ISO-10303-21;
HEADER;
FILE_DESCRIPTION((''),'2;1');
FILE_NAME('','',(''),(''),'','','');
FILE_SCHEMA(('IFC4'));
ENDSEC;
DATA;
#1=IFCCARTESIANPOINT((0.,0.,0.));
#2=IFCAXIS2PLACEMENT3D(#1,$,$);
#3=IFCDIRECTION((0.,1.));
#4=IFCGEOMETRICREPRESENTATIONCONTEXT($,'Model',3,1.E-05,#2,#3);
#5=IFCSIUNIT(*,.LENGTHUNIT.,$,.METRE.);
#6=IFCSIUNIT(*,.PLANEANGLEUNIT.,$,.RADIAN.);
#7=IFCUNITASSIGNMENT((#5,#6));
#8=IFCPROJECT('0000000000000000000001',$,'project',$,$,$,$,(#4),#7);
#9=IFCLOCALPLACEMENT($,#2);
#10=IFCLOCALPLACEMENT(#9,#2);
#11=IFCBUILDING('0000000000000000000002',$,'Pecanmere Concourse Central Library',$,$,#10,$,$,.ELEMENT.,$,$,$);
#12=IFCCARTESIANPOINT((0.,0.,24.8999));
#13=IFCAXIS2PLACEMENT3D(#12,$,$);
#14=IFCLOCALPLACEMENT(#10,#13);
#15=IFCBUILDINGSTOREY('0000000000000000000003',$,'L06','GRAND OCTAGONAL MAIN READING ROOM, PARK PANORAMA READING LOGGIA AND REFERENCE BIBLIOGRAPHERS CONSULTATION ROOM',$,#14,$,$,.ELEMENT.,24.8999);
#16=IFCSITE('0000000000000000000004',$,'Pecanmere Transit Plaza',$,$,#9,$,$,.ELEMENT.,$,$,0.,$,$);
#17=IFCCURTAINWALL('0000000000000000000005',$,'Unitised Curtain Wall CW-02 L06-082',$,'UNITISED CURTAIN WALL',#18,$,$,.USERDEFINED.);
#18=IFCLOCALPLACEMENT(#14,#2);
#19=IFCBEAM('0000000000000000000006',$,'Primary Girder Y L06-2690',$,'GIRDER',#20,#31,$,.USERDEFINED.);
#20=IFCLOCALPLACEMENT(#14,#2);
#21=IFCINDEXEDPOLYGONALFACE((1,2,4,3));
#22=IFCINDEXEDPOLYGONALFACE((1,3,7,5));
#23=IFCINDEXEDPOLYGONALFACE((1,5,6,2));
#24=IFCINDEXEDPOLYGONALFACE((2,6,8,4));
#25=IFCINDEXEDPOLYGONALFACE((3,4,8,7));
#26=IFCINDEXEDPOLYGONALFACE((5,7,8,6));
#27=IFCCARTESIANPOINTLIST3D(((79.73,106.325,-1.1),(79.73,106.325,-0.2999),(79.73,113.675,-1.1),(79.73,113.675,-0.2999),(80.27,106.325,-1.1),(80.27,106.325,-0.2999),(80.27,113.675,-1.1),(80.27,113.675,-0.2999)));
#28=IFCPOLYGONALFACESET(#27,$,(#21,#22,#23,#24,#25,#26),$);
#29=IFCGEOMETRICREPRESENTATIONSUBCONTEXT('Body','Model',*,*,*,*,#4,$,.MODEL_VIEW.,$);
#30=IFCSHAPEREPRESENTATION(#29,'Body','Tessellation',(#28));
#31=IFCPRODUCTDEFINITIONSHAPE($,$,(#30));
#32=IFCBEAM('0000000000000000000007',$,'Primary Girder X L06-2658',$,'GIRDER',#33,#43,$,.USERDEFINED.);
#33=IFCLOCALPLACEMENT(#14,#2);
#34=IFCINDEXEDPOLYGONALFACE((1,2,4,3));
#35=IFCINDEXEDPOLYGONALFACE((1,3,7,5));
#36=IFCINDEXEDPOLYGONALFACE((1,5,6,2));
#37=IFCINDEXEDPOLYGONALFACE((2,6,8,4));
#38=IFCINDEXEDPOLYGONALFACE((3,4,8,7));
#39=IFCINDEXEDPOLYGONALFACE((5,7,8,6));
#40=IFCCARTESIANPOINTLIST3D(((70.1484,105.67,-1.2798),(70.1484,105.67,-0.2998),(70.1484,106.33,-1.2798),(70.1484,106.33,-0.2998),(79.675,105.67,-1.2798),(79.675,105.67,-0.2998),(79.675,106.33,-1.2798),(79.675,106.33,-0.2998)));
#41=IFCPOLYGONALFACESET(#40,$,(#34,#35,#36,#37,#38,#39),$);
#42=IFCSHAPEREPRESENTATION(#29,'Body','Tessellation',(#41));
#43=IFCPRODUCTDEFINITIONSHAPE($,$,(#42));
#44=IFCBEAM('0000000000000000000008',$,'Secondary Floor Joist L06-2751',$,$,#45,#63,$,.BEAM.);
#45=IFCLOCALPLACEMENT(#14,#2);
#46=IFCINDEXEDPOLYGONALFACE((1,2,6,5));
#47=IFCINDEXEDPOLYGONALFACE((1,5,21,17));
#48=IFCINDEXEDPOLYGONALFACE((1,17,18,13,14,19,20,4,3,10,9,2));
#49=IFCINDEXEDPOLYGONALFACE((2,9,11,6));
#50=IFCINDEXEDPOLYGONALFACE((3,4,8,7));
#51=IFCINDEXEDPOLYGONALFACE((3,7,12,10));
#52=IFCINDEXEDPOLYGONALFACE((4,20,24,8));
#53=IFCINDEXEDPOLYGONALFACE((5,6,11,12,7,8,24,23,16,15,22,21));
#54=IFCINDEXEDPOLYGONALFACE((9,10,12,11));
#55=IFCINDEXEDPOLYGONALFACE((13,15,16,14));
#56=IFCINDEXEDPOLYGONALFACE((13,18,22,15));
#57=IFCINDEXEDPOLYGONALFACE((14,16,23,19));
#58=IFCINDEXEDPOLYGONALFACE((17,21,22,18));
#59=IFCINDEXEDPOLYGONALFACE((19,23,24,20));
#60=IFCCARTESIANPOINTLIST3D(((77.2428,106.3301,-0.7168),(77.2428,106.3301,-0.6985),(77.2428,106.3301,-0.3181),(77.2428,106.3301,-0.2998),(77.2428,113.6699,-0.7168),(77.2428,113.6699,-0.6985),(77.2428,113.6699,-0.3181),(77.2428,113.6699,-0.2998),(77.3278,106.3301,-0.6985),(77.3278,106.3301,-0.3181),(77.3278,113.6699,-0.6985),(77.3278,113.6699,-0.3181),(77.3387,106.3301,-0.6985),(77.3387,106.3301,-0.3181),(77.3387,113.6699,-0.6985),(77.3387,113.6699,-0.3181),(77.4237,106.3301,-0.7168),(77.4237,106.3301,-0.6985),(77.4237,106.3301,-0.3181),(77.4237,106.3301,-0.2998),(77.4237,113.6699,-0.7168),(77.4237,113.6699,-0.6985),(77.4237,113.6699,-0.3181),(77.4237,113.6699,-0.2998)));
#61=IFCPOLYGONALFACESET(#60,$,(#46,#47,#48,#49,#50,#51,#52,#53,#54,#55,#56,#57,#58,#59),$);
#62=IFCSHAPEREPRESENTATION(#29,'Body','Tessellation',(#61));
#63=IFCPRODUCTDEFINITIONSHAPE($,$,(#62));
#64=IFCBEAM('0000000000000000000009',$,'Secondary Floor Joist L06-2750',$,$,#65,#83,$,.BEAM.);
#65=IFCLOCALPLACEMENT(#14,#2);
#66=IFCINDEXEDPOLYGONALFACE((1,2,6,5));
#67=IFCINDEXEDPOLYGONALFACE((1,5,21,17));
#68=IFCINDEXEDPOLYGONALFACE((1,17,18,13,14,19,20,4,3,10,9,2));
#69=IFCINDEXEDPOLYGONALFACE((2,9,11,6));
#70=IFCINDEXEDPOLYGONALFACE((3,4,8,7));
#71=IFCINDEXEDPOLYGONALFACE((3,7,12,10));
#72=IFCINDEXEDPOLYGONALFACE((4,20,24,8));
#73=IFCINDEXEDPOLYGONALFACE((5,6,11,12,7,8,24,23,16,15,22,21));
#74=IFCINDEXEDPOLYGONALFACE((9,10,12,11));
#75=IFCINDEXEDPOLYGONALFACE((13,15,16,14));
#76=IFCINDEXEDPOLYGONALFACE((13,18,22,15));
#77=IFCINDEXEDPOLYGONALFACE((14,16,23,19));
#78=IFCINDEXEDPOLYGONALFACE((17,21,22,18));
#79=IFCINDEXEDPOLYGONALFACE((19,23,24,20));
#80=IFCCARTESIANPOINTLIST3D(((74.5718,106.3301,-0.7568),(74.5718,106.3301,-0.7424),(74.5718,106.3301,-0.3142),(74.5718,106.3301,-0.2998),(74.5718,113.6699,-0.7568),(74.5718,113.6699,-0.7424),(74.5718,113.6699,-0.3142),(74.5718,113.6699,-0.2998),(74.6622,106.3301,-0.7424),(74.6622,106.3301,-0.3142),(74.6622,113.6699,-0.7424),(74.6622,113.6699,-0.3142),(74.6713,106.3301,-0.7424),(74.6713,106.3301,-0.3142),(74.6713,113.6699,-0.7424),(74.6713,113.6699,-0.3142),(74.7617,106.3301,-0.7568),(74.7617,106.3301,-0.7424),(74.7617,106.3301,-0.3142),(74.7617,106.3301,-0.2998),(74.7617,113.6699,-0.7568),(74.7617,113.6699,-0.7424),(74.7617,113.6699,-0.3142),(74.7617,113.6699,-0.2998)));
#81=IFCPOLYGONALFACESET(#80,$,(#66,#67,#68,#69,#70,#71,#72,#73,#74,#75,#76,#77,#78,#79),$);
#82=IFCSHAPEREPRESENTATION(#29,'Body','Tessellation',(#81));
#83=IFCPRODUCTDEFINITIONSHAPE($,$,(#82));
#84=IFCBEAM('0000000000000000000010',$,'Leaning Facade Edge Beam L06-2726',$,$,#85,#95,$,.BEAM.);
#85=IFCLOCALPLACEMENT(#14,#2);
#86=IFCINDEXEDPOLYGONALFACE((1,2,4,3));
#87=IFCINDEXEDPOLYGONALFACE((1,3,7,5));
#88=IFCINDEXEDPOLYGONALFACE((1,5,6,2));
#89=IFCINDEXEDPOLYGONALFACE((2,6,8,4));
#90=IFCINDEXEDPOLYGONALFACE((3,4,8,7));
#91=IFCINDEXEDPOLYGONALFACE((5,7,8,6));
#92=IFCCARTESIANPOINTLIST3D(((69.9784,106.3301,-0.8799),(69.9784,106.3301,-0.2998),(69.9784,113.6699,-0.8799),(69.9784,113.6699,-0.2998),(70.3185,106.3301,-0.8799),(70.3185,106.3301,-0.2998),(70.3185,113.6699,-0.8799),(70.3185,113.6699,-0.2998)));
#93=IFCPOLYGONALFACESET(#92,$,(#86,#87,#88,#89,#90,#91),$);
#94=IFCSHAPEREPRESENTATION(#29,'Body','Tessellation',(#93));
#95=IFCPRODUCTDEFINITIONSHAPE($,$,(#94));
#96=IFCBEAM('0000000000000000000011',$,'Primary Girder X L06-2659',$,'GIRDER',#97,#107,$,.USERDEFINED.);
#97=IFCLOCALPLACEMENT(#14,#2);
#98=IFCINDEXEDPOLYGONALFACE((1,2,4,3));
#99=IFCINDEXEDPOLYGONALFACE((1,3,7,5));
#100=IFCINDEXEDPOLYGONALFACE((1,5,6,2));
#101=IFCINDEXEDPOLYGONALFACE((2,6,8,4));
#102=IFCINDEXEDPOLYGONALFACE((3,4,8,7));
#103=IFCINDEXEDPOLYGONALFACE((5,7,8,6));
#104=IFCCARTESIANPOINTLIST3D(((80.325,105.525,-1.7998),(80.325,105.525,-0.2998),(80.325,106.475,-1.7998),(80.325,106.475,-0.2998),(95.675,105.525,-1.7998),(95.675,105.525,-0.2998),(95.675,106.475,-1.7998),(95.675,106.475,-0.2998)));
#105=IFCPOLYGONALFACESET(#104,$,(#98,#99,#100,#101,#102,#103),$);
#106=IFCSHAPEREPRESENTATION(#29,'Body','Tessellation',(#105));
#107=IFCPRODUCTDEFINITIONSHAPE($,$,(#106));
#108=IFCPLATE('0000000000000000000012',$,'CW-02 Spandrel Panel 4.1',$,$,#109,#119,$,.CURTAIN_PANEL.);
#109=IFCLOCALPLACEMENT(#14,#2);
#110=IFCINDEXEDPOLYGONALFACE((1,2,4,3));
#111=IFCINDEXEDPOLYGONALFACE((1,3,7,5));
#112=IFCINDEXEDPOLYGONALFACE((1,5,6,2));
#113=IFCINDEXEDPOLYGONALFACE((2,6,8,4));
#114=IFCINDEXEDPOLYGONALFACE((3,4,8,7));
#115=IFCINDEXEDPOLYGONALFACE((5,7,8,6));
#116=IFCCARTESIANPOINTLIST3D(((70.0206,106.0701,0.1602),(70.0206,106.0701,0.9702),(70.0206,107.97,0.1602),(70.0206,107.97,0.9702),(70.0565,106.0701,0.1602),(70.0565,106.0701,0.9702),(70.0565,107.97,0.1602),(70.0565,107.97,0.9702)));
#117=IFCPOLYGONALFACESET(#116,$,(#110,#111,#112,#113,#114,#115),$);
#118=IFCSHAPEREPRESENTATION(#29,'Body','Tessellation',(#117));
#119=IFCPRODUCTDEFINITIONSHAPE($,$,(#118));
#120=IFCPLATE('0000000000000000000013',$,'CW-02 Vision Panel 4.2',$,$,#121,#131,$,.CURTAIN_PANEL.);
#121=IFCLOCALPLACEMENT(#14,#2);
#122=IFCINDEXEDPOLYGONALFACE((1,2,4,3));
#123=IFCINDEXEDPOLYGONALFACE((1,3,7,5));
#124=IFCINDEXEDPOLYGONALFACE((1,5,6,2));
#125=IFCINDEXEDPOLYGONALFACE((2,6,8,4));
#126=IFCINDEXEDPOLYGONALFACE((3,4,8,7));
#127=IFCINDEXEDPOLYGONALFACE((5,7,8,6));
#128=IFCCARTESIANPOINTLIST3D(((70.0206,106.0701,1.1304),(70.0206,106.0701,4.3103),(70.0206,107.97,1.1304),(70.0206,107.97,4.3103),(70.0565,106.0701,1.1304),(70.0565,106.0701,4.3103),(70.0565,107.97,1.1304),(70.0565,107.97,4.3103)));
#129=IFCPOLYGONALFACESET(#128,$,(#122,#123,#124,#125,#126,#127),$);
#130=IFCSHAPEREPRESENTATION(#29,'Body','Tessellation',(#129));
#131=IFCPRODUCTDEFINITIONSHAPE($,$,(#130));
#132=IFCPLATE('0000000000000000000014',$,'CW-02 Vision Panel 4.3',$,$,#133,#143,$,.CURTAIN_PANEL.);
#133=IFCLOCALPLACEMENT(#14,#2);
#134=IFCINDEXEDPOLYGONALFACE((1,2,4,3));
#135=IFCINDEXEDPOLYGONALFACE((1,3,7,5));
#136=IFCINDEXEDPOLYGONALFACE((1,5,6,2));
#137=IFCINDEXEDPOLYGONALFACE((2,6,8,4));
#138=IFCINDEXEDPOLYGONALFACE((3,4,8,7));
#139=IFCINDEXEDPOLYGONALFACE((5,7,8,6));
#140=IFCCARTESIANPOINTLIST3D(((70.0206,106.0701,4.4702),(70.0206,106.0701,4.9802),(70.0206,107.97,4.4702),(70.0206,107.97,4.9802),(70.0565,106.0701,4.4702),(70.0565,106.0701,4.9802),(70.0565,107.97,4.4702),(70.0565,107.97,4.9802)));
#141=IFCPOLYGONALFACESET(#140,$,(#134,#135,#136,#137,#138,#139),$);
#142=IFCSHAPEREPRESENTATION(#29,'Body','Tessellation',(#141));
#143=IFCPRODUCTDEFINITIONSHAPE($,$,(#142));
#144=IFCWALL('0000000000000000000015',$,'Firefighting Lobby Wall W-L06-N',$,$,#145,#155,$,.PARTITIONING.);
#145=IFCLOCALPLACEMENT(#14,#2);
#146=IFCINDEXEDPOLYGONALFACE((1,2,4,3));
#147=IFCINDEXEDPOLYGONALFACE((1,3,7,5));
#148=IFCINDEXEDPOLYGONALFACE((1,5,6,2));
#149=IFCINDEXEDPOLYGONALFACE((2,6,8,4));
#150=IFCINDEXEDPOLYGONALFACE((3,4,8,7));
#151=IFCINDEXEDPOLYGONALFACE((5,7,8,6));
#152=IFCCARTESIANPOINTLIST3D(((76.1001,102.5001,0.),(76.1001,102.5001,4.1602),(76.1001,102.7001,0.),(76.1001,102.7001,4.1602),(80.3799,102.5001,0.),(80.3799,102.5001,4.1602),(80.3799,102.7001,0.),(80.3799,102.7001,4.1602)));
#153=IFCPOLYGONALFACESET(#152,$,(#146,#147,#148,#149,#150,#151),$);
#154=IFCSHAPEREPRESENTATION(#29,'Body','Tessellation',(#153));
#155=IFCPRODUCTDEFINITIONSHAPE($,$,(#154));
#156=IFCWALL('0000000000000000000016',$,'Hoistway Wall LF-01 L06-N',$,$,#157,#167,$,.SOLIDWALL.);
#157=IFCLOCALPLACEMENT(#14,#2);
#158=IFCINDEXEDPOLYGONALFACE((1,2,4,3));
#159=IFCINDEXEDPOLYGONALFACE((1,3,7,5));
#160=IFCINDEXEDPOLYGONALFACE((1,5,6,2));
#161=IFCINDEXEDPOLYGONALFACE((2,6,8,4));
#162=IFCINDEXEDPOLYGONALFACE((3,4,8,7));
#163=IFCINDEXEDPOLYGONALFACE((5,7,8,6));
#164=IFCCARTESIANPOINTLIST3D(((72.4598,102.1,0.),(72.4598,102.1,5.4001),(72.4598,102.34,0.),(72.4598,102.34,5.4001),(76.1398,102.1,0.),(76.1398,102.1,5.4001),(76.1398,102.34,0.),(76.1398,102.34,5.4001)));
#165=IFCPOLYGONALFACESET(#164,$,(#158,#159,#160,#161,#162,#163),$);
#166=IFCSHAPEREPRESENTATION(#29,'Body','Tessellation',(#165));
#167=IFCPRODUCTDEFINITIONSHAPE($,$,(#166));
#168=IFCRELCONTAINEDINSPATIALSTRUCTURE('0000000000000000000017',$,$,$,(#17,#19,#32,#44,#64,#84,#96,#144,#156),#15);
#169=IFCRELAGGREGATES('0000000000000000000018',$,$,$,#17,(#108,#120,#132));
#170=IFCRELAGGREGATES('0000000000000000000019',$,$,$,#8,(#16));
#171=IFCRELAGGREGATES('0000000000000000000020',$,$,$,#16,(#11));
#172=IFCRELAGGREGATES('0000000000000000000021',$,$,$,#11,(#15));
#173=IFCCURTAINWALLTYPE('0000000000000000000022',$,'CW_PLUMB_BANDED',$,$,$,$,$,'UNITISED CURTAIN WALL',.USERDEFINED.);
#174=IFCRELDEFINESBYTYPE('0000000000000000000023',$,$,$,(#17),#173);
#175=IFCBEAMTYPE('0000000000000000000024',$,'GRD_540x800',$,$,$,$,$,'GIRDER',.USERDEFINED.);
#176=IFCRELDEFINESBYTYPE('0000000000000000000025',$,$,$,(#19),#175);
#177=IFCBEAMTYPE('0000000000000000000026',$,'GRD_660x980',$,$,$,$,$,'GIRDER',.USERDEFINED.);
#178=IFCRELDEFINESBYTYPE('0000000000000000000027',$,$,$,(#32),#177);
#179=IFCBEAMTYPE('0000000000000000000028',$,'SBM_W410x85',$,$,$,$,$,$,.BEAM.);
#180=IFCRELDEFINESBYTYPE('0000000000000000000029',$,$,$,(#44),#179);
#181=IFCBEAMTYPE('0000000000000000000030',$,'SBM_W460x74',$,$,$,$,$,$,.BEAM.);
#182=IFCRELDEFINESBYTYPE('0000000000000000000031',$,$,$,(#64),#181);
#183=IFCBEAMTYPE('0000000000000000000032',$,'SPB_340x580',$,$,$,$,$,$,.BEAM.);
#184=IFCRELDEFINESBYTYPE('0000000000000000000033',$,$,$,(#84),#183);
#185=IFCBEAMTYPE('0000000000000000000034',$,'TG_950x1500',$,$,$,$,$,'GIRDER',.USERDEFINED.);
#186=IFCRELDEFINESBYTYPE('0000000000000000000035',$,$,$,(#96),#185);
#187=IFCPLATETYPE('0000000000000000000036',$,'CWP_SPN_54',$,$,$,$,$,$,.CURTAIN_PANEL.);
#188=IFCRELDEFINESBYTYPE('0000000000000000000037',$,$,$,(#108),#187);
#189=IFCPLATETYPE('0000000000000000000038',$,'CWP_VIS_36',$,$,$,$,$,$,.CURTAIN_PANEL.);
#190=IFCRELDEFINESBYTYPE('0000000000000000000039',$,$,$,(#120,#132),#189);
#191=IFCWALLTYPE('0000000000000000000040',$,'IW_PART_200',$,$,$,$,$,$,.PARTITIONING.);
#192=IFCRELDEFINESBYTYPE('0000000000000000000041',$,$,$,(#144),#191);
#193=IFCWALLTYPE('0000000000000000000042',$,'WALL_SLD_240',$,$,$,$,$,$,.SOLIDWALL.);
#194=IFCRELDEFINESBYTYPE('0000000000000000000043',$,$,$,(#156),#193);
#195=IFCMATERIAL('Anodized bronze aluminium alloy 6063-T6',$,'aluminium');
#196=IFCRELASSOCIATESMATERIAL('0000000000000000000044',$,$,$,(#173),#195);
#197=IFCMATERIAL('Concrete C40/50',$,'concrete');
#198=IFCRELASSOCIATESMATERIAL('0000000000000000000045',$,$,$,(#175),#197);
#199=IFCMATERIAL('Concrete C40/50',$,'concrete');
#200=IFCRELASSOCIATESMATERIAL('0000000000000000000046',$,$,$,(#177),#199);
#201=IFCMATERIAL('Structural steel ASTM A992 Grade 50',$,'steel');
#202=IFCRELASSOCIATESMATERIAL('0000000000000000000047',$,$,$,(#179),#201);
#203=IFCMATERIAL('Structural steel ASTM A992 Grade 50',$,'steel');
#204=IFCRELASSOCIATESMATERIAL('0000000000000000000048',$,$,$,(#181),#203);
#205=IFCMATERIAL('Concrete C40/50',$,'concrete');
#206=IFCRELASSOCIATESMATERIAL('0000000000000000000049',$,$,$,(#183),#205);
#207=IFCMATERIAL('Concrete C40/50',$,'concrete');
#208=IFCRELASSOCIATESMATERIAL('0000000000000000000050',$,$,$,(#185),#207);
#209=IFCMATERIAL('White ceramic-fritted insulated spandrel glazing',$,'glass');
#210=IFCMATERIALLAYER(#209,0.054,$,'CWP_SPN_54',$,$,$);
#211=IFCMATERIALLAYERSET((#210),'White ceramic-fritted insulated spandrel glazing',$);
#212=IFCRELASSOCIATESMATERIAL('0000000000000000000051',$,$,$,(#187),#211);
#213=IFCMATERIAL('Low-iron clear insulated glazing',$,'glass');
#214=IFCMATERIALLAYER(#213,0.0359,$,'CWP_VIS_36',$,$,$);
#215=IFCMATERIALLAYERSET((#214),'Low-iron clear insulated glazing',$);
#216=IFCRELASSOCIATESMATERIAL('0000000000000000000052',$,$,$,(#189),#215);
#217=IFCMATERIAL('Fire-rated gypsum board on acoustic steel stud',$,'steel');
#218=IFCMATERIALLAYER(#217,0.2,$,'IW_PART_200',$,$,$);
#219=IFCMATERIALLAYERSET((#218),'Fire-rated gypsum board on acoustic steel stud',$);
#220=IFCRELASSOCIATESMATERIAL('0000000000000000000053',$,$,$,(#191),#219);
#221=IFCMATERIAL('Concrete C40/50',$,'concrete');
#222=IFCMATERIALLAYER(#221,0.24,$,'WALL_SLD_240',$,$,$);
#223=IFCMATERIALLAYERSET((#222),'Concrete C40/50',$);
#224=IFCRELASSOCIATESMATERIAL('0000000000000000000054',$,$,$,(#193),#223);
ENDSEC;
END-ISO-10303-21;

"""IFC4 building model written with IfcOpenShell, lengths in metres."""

from ifc_helpers import new_model, si_unit, direction, frame, frame_2d, origin, origin_2d, place, context, subcontext, project, spatial, rectangle, i_section, extrude, material, layer, layer_set, material_profile, profile_set, type_object, element, aggregate, save


model = new_model("IFC4")

# Units and contexts
model_context = context("Model", 3, precision=1e-05, world=origin(), true_north=direction((0.0, 1.0)))
body_context = subcontext(model_context, "Body", "Model", "MODEL_VIEW")
ifc_project = project(units=[si_unit("LENGTHUNIT", "METRE"), si_unit("PLANEANGLEUNIT", "RADIAN")], contexts=[model_context])

# Site, building, storey
site_placement = place(None, origin())
site = spatial("IfcSite", under=ifc_project, at=site_placement, Name="Pecanmere Transit Plaza", CompositionType="ELEMENT", RefElevation=0.0)
building_placement = place(site_placement, origin())
building = spatial("IfcBuilding", under=site, at=building_placement, Name="Pecanmere Concourse Central Library", CompositionType="ELEMENT")
storey_placement = place(building_placement, frame((0.0, 0.0, 24.8999)))
storey = spatial("IfcBuildingStorey", under=building, at=storey_placement, Name="L06", Description="GRAND OCTAGONAL MAIN READING ROOM, PARK PANORAMA READING LOGGIA AND REFERENCE BIBLIOGRAPHERS CONSULTATION ROOM", CompositionType="ELEMENT", Elevation=24.8999)

# Curtain wall
ifc_material_1 = material(Name="Anodized bronze aluminium alloy 6063-T6", Category="aluminium")
curtain_wall_type = type_object("IfcCurtainWallType", Name="CW_PLUMB_BANDED", ElementType="UNITISED CURTAIN WALL", PredefinedType="USERDEFINED", material=ifc_material_1)
curtain_wall_1_placement = place(storey_placement, origin())
curtain_wall_1 = element("IfcCurtainWall", 1, at=curtain_wall_1_placement, inside=storey, type_object=curtain_wall_type, Name="Unitised Curtain Wall CW-02 L06-082", ObjectType="UNITISED CURTAIN WALL", PredefinedType="USERDEFINED")

# Beams
ifc_material_2 = material(Name="Concrete C40/50", Category="concrete")
ifc_material_profile_1 = material_profile(ifc_material_2, rectangle(XDim=0.54, YDim=0.8, at=origin_2d()), Name="RC 540x800")
ifc_profile_set_1 = profile_set([ifc_material_profile_1], Name="Concrete C40/50")
beam_type_1 = type_object("IfcBeamType", Name="GRD_540x800", ElementType="GIRDER", PredefinedType="USERDEFINED", material=ifc_profile_set_1)
beam_1_placement = place(storey_placement, frame((80.0, 106.325, -0.7), z_axis=(0.0, 1.0, 0.0), x_axis=(-1.0, 0.0, 0.0)))
element("IfcBeam", 2, at=beam_1_placement, inside=storey, type_object=beam_type_1, Name="Primary Girder Y L06-2690", ObjectType="GIRDER", PredefinedType="USERDEFINED", context=body_context, shape_type="SweptSolid", body=[
    extrude(rectangle(XDim=0.54, YDim=0.8, at=origin_2d()), origin(), (0.0, 0.0, 1.0), 7.3501),
])
ifc_material_3 = material(Name="Concrete C40/50", Category="concrete")
ifc_material_profile_2 = material_profile(ifc_material_3, rectangle(XDim=0.6599, YDim=0.98, at=origin_2d()), Name="RC 660x980")
ifc_profile_set_2 = profile_set([ifc_material_profile_2], Name="Concrete C40/50")
beam_type_2 = type_object("IfcBeamType", Name="GRD_660x980", ElementType="GIRDER", PredefinedType="USERDEFINED", material=ifc_profile_set_2)
beam_2_placement = place(storey_placement, frame((70.1484, 106.0, -0.7898), z_axis=(1.0, 0.0, 0.0), x_axis=(0.0, 1.0, 0.0)))
element("IfcBeam", 3, at=beam_2_placement, inside=storey, type_object=beam_type_2, Name="Primary Girder X L06-2658", ObjectType="GIRDER", PredefinedType="USERDEFINED", context=body_context, shape_type="SweptSolid", body=[
    extrude(rectangle(XDim=0.6599, YDim=0.98, at=origin_2d()), origin(), (0.0, 0.0, 1.0), 9.5266),
])
ifc_material_4 = material(Name="Structural steel ASTM A992 Grade 50", Category="steel")
ifc_material_profile_3 = material_profile(ifc_material_4, i_section(OverallWidth=0.1809, OverallDepth=0.417, WebThickness=0.011, FlangeThickness=0.0183, at=origin_2d()), Name="W410x85")
ifc_profile_set_3 = profile_set([ifc_material_profile_3], Name="Structural steel ASTM A992 Grade 50")
beam_type_3 = type_object("IfcBeamType", Name="SBM_W410x85", PredefinedType="BEAM", material=ifc_profile_set_3)
beam_3_placement = place(storey_placement, frame((77.3333, 106.3301, -0.5083), z_axis=(0.0, 1.0, 0.0), x_axis=(-1.0, 0.0, 0.0)))
element("IfcBeam", 4, at=beam_3_placement, inside=storey, type_object=beam_type_3, Name="Secondary Floor Joist L06-2751", PredefinedType="BEAM", context=body_context, shape_type="SweptSolid", body=[
    extrude(i_section(OverallWidth=0.1809, OverallDepth=0.417, WebThickness=0.011, FlangeThickness=0.0183, at=origin_2d()), origin(), (0.0, 0.0, 1.0), 7.3398),
])
ifc_material_5 = material(Name="Structural steel ASTM A992 Grade 50", Category="steel")
ifc_material_profile_4 = material_profile(ifc_material_5, i_section(OverallWidth=0.1899, OverallDepth=0.457, WebThickness=0.009, FlangeThickness=0.0144, at=origin_2d()), Name="W460x74")
ifc_profile_set_4 = profile_set([ifc_material_profile_4], Name="Structural steel ASTM A992 Grade 50")
beam_type_4 = type_object("IfcBeamType", Name="SBM_W460x74", PredefinedType="BEAM", material=ifc_profile_set_4)
beam_4_placement = place(storey_placement, frame((74.6667, 106.3301, -0.5283), z_axis=(0.0, 1.0, 0.0), x_axis=(-1.0, 0.0, 0.0)))
element("IfcBeam", 5, at=beam_4_placement, inside=storey, type_object=beam_type_4, Name="Secondary Floor Joist L06-2750", PredefinedType="BEAM", context=body_context, shape_type="SweptSolid", body=[
    extrude(i_section(OverallWidth=0.1899, OverallDepth=0.457, WebThickness=0.009, FlangeThickness=0.0144, at=origin_2d()), origin(), (0.0, 0.0, 1.0), 7.3398),
])
ifc_material_6 = material(Name="Concrete C40/50", Category="concrete")
ifc_material_profile_5 = material_profile(ifc_material_6, rectangle(XDim=0.3401, YDim=0.5801, at=origin_2d()), Name="RC 340x580")
ifc_profile_set_5 = profile_set([ifc_material_profile_5], Name="Concrete C40/50")
beam_type_5 = type_object("IfcBeamType", Name="SPB_340x580", PredefinedType="BEAM", material=ifc_profile_set_5)
beam_5_placement = place(storey_placement, frame((70.1484, 106.3301, -0.5898), z_axis=(0.0, 1.0, 0.0), x_axis=(-1.0, 0.0, 0.0)))
element("IfcBeam", 6, at=beam_5_placement, inside=storey, type_object=beam_type_5, Name="Leaning Facade Edge Beam L06-2726", PredefinedType="BEAM", context=body_context, shape_type="SweptSolid", body=[
    extrude(rectangle(XDim=0.3401, YDim=0.5801, at=origin_2d()), origin(), (0.0, 0.0, 1.0), 7.3398),
])
ifc_material_7 = material(Name="Concrete C40/50", Category="concrete")
ifc_material_profile_6 = material_profile(ifc_material_7, rectangle(XDim=0.95, YDim=1.5, at=origin_2d()), Name="RC 950x1500")
ifc_profile_set_6 = profile_set([ifc_material_profile_6], Name="Concrete C40/50")
beam_type_6 = type_object("IfcBeamType", Name="TG_950x1500", ElementType="GIRDER", PredefinedType="USERDEFINED", material=ifc_profile_set_6)
beam_6_placement = place(storey_placement, frame((80.325, 106.0, -1.0498), z_axis=(1.0, 0.0, 0.0), x_axis=(0.0, 1.0, 0.0)))
element("IfcBeam", 7, at=beam_6_placement, inside=storey, type_object=beam_type_6, Name="Primary Girder X L06-2659", ObjectType="GIRDER", PredefinedType="USERDEFINED", context=body_context, shape_type="SweptSolid", body=[
    extrude(rectangle(XDim=0.95, YDim=1.5, at=origin_2d()), origin(), (0.0, 0.0, 1.0), 15.3501),
])

# Plates
ifc_material_8 = material(Name="White ceramic-fritted insulated spandrel glazing", Category="glass")
ifc_layer_1 = layer(ifc_material_8, 0.054, Name="CWP_SPN_54")
ifc_layer_set_1 = layer_set([ifc_layer_1], Name="White ceramic-fritted insulated spandrel glazing")
plate_type_1 = type_object("IfcPlateType", Name="CWP_SPN_54", PredefinedType="CURTAIN_PANEL", material=ifc_layer_set_1)
plate_1_placement = place(storey_placement, frame((70.0386, 107.02, 0.1602), z_axis=(0.0, 0.0, 1.0), x_axis=(0.0, -1.0, 0.0)))
plate_1 = element("IfcPlate", 8, at=plate_1_placement, type_object=plate_type_1, Name="CW-02 Spandrel Panel 4.1", PredefinedType="CURTAIN_PANEL", context=body_context, shape_type="SweptSolid", body=[
    extrude(rectangle(XDim=1.8999, YDim=0.0359, at=origin_2d()), origin(), (0.0, 0.0, 1.0), 0.8101),
])
ifc_material_9 = material(Name="Low-iron clear insulated glazing", Category="glass")
ifc_layer_2 = layer(ifc_material_9, 0.0359, Name="CWP_VIS_36")
ifc_layer_set_2 = layer_set([ifc_layer_2], Name="Low-iron clear insulated glazing")
plate_type_2 = type_object("IfcPlateType", Name="CWP_VIS_36", PredefinedType="CURTAIN_PANEL", material=ifc_layer_set_2)
plate_2_placement = place(storey_placement, frame((70.0386, 107.02, 1.1304), z_axis=(0.0, 0.0, 1.0), x_axis=(0.0, -1.0, 0.0)))
plate_2 = element("IfcPlate", 9, at=plate_2_placement, type_object=plate_type_2, Name="CW-02 Vision Panel 4.2", PredefinedType="CURTAIN_PANEL", context=body_context, shape_type="SweptSolid", body=[
    extrude(rectangle(XDim=1.8999, YDim=0.0359, at=origin_2d()), origin(), (0.0, 0.0, 1.0), 3.1799),
])
plate_3_placement = place(storey_placement, frame((70.0386, 107.02, 4.4702), z_axis=(0.0, 0.0, 1.0), x_axis=(0.0, -1.0, 0.0)))
plate_3 = element("IfcPlate", 10, at=plate_3_placement, type_object=plate_type_2, Name="CW-02 Vision Panel 4.3", PredefinedType="CURTAIN_PANEL", context=body_context, shape_type="SweptSolid", body=[
    extrude(rectangle(XDim=1.8999, YDim=0.0359, at=origin_2d()), origin(), (0.0, 0.0, 1.0), 0.51),
])
aggregate(curtain_wall_1, [plate_1, plate_2, plate_3])

# Walls
ifc_material_10 = material(Name="Fire-rated gypsum board on acoustic steel stud", Category="steel")
ifc_layer_3 = layer(ifc_material_10, 0.2, Name="IW_PART_200")
ifc_layer_set_3 = layer_set([ifc_layer_3], Name="Fire-rated gypsum board on acoustic steel stud")
wall_type_1 = type_object("IfcWallType", Name="IW_PART_200", PredefinedType="PARTITIONING", material=ifc_layer_set_3)
wall_1_placement = place(storey_placement, frame((76.1001, 102.6001, 0.0), z_axis=(0.0, 0.0, 1.0), x_axis=(1.0, 0.0, 0.0)))
element("IfcWall", 11, at=wall_1_placement, inside=storey, type_object=wall_type_1, Name="Firefighting Lobby Wall W-L06-N", PredefinedType="PARTITIONING", context=body_context, shape_type="SweptSolid", body=[
    extrude(rectangle(XDim=4.2798, YDim=0.2, at=frame_2d((2.1399, 0.0))), origin(), (0.0, 0.0, 1.0), 4.1602),
])
ifc_material_11 = material(Name="Concrete C40/50", Category="concrete")
ifc_layer_4 = layer(ifc_material_11, 0.24, Name="WALL_SLD_240")
ifc_layer_set_4 = layer_set([ifc_layer_4], Name="Concrete C40/50")
wall_type_2 = type_object("IfcWallType", Name="WALL_SLD_240", PredefinedType="SOLIDWALL", material=ifc_layer_set_4)
for number, where, z_axis, x_axis, name in (
    (12, (72.46, 102.22, 0.0), (0.0, 0.0, 1.0), (1.0, 0.0, 0.0), "Hoistway Wall LF-01 L06-N"),
):
    element("IfcWall", number, at=place(storey_placement, frame(where, z_axis=z_axis, x_axis=x_axis)), inside=storey, type_object=wall_type_2, Name=name, PredefinedType="SOLIDWALL", context=body_context, shape_type="SweptSolid", body=[
        extrude(rectangle(XDim=3.6799, YDim=0.24, at=frame_2d((1.8398, 0.0))), origin(), (0.0, 0.0, 1.0), 5.4001),
    ])

save(model, "model.ifc")
